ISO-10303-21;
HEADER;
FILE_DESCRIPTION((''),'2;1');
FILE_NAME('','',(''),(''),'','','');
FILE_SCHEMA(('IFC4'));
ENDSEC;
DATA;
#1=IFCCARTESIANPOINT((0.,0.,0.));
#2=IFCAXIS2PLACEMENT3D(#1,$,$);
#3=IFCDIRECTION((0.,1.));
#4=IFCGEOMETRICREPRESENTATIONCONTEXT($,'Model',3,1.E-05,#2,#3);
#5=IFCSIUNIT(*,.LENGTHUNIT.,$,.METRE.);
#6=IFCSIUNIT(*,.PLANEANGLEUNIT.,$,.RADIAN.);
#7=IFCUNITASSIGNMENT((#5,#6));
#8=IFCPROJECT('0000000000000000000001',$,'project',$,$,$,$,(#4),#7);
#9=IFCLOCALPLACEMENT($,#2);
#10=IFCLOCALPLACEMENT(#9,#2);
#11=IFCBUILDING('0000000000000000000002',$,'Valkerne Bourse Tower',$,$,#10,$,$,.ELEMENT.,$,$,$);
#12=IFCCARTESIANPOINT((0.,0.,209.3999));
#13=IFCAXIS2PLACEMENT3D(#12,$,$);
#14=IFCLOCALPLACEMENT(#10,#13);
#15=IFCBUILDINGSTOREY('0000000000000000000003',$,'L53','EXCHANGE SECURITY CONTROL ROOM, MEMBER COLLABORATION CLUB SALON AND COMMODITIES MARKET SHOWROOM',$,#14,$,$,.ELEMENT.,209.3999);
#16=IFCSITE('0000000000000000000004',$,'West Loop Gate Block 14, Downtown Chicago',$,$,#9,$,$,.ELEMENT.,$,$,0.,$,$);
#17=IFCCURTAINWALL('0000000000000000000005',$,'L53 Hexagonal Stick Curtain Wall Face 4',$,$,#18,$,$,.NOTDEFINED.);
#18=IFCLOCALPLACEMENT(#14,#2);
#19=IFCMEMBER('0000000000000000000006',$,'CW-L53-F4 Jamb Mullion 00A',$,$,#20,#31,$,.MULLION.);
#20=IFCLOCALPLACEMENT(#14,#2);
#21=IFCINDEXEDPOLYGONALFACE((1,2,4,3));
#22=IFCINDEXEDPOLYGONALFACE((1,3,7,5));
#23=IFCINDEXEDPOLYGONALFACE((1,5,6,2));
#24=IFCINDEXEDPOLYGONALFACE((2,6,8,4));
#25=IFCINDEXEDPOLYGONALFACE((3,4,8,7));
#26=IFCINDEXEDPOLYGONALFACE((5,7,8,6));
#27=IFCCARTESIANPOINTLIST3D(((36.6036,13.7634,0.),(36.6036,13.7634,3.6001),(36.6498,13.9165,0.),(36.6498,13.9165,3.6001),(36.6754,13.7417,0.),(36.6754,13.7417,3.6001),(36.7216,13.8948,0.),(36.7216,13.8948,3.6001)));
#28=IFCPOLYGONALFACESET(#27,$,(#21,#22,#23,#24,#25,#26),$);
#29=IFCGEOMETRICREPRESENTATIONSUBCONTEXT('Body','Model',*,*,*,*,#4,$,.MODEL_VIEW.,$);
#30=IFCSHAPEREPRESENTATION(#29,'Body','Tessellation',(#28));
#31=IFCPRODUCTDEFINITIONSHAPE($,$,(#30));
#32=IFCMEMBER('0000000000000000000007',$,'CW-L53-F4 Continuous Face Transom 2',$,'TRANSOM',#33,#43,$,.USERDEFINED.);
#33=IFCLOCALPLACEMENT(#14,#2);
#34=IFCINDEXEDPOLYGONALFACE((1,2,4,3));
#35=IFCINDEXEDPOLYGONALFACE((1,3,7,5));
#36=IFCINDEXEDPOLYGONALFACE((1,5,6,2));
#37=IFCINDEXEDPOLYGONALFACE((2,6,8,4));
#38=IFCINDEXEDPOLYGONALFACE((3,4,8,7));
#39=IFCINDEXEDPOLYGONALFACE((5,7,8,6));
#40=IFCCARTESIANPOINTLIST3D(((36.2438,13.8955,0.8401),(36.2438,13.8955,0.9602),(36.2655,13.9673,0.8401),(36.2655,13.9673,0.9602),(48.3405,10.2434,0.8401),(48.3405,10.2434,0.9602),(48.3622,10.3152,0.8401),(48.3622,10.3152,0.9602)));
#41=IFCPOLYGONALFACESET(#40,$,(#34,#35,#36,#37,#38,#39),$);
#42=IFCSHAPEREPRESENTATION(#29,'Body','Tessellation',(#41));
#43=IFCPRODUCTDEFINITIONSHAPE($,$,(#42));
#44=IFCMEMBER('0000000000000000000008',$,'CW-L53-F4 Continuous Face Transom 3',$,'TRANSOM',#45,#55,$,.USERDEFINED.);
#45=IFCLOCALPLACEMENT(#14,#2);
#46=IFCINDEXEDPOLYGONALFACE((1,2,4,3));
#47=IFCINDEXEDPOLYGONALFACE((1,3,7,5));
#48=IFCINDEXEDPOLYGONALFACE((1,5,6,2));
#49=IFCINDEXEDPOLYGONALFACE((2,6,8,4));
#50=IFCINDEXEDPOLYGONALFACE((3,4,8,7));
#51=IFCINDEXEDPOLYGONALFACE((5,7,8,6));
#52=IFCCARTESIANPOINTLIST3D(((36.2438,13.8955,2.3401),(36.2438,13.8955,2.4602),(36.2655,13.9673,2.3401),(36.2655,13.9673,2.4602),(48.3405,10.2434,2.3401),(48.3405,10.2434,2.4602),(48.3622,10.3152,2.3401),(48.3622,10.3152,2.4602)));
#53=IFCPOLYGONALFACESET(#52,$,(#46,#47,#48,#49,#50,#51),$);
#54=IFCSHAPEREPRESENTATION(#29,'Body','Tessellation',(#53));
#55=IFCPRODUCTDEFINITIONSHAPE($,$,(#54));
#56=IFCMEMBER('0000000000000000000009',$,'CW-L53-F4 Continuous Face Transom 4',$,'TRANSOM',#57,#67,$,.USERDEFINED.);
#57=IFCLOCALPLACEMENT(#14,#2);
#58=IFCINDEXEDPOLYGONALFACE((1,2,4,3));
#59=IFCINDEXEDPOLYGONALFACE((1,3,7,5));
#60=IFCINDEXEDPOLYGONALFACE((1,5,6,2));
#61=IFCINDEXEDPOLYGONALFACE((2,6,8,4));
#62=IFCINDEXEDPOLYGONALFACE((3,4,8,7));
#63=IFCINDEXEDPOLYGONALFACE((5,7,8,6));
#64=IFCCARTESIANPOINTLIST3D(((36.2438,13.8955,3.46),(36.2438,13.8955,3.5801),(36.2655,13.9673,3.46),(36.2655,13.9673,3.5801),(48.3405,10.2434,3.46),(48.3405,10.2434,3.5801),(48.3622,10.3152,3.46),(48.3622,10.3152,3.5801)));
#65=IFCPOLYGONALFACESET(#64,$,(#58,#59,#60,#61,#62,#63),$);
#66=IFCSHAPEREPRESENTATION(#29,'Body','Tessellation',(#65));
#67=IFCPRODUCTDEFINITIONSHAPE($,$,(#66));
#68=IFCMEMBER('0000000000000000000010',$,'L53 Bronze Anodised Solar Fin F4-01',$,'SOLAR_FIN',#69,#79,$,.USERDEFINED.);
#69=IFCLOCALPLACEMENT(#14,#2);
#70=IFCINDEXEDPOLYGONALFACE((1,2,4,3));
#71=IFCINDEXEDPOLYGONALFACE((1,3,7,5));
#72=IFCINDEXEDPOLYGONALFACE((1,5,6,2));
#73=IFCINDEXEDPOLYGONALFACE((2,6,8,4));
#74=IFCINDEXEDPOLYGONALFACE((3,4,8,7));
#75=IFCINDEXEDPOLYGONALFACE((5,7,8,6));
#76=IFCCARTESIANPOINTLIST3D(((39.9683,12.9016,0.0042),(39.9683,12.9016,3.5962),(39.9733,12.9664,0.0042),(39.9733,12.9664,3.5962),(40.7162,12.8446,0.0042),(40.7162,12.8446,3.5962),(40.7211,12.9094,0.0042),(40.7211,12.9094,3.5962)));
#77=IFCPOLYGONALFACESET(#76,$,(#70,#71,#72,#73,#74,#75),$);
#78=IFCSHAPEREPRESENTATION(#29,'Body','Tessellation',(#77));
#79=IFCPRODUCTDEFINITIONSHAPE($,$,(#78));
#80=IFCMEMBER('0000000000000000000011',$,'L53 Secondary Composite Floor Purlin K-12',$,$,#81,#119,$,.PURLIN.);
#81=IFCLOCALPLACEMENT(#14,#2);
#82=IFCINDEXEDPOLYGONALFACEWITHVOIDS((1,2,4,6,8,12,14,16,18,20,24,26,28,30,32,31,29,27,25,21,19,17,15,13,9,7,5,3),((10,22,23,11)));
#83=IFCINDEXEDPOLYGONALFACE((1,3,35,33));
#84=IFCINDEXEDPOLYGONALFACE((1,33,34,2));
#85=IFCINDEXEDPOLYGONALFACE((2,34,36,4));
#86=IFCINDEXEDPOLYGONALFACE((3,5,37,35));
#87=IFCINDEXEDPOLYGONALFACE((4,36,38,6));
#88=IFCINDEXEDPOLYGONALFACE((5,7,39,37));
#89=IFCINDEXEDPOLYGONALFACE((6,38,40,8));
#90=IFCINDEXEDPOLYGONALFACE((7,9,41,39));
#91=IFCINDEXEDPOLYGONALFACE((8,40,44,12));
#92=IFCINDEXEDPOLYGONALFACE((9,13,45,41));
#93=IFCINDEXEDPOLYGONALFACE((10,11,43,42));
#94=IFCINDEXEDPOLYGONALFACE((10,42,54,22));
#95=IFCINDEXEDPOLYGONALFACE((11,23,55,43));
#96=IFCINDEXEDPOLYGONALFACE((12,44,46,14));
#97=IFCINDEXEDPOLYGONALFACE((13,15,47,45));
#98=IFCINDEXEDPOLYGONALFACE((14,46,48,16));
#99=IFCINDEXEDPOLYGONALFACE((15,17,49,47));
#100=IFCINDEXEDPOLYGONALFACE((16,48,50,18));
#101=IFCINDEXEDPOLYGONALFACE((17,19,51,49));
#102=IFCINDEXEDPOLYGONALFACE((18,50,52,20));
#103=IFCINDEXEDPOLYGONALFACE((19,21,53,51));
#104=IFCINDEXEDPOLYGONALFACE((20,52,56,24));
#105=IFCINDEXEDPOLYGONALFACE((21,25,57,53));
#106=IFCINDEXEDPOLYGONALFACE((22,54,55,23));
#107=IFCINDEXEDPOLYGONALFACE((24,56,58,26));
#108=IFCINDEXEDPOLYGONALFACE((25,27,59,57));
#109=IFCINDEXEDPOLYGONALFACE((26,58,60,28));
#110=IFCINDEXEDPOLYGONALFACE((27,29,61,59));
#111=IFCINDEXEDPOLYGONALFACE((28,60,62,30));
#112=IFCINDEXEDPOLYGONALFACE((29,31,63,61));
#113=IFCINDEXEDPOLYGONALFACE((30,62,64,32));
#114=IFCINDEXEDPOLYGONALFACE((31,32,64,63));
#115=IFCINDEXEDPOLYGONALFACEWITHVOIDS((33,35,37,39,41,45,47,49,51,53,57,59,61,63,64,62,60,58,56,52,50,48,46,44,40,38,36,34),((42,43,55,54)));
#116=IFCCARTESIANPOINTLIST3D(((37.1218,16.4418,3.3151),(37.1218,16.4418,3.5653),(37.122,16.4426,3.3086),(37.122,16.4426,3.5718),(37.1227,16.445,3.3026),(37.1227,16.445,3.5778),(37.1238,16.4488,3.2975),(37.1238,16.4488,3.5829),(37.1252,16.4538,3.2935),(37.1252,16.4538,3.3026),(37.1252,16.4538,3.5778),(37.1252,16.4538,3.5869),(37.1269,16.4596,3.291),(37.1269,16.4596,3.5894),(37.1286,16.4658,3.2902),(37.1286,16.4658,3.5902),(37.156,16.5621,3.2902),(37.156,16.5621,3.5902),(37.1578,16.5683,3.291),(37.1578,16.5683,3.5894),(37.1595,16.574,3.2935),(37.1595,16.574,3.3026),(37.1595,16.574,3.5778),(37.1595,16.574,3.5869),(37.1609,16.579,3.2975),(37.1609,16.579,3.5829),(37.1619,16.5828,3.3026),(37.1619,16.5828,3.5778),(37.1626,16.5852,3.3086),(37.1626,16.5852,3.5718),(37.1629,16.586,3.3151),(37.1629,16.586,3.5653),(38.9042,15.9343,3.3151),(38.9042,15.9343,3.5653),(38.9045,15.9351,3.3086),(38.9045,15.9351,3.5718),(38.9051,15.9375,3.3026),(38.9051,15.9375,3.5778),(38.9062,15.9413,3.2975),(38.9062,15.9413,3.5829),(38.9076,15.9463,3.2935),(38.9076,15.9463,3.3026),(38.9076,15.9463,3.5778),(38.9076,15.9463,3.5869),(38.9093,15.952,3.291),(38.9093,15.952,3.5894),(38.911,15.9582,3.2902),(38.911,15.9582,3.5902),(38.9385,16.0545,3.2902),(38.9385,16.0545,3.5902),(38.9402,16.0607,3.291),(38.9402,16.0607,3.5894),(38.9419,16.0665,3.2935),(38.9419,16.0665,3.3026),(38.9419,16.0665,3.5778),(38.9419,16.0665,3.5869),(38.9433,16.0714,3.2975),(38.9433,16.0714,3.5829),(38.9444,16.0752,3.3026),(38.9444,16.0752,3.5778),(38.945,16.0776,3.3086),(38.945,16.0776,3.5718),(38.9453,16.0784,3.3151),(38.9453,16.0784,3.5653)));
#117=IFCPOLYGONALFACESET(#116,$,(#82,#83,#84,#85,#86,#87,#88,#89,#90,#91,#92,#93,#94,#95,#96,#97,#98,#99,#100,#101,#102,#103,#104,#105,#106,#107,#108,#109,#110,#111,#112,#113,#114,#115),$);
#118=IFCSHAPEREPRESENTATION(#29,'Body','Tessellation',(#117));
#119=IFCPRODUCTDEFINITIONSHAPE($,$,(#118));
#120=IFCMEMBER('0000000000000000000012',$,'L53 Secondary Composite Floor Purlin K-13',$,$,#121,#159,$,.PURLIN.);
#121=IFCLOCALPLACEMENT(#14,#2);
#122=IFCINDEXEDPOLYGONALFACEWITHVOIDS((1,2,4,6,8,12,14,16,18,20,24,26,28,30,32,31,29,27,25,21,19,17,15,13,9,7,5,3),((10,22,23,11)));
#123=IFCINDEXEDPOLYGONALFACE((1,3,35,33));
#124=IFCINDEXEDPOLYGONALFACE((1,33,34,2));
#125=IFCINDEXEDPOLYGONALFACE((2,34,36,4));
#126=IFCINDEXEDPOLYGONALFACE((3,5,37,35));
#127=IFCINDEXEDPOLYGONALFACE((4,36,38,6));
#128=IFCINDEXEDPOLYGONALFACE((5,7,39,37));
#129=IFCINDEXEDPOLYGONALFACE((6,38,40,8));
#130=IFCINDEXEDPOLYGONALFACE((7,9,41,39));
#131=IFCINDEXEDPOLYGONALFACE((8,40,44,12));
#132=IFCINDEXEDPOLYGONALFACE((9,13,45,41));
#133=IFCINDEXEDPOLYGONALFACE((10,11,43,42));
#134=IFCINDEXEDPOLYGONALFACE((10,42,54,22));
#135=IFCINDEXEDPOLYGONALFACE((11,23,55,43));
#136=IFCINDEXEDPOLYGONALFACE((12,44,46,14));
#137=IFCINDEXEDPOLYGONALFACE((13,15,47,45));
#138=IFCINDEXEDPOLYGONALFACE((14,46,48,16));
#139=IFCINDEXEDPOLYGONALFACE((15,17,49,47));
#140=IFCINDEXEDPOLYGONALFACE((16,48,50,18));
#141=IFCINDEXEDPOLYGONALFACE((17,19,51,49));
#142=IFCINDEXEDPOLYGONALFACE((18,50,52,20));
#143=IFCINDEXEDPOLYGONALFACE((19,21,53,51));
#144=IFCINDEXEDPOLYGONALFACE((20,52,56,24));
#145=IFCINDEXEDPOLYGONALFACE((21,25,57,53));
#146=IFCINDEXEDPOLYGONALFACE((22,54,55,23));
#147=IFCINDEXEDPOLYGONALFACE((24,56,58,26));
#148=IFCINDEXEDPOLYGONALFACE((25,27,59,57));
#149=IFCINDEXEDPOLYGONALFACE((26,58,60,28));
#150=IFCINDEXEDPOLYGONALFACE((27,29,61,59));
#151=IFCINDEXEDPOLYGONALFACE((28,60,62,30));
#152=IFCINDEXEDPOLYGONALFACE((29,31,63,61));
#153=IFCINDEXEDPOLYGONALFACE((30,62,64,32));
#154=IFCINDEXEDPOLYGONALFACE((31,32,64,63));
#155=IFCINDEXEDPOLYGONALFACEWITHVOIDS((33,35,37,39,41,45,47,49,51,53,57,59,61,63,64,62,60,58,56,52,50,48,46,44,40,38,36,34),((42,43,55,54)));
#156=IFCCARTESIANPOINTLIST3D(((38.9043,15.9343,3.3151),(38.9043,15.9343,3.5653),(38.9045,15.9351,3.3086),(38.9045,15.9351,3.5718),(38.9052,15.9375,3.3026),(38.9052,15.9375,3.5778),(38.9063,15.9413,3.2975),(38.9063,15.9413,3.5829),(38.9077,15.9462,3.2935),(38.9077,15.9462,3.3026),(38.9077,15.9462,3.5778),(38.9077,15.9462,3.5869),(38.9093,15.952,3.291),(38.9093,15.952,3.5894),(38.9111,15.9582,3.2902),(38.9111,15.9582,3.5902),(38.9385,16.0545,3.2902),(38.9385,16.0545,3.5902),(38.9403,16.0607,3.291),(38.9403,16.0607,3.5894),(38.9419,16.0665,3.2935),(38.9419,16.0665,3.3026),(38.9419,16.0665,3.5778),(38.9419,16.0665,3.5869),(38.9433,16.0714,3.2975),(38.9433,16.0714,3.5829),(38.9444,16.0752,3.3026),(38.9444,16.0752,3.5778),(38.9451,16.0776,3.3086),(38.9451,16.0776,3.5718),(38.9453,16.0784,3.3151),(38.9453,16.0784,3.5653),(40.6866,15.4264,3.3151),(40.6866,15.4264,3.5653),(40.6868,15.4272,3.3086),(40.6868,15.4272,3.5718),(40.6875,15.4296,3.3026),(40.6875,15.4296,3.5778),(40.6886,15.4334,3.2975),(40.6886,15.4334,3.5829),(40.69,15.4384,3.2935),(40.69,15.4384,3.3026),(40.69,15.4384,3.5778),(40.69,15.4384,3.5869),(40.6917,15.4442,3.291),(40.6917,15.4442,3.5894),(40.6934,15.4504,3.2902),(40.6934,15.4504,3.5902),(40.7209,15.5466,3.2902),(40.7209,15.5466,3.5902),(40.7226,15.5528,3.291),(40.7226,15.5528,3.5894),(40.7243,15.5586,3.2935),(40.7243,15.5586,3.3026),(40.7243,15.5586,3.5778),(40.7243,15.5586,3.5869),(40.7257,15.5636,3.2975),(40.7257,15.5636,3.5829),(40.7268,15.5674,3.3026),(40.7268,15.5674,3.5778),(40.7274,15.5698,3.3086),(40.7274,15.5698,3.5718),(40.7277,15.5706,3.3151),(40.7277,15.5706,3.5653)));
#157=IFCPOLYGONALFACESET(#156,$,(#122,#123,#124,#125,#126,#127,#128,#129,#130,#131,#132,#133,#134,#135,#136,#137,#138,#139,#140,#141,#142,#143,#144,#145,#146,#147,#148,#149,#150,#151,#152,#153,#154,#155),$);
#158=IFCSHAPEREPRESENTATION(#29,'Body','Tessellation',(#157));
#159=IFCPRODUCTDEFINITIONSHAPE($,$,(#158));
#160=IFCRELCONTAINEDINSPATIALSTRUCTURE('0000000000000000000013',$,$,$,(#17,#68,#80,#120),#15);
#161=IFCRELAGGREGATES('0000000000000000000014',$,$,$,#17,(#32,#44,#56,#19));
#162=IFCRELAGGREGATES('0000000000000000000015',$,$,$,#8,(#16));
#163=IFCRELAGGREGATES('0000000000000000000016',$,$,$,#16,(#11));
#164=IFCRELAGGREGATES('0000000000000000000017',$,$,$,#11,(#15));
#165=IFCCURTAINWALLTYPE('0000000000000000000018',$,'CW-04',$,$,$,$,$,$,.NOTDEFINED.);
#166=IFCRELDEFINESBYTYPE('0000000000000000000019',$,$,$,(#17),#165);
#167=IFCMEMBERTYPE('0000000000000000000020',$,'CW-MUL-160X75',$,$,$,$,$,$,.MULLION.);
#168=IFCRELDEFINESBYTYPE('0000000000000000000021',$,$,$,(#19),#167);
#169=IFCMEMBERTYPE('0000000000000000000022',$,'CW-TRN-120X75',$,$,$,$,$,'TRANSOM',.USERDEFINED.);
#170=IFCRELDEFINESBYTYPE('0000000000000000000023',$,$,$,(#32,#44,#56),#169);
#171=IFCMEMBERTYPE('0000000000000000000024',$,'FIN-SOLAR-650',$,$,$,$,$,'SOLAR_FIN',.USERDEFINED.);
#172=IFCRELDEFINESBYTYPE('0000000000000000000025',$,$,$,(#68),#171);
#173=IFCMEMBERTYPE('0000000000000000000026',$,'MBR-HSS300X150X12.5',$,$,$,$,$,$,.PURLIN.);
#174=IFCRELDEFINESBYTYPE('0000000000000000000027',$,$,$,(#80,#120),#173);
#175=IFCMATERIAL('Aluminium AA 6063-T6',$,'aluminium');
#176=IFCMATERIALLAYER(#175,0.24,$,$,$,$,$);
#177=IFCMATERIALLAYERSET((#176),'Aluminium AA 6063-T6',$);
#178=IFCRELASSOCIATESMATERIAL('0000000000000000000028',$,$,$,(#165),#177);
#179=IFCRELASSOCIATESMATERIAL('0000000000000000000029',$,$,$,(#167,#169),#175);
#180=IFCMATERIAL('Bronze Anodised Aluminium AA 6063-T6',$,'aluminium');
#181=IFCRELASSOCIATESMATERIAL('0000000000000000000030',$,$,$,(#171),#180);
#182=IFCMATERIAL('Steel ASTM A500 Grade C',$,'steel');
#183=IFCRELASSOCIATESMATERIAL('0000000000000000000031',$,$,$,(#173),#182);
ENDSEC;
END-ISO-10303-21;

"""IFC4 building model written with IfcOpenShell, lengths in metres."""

from ifc_helpers import new_model, si_unit, direction, frame, origin, origin_2d, place, context, subcontext, project, spatial, rectangle, hollow_rectangle, extrude, material, layer, layer_set, material_profile, profile_set, type_object, element, aggregate, save


model = new_model("IFC4")

# Units and contexts
model_context = context("Model", 3, precision=1e-05, world=origin(), true_north=direction((0.0, 1.0)))
body_context = subcontext(model_context, "Body", "Model", "MODEL_VIEW")
ifc_project = project(units=[si_unit("LENGTHUNIT", "METRE"), si_unit("PLANEANGLEUNIT", "RADIAN")], contexts=[model_context])

# Site, building, storey
site_placement = place(None, origin())
site = spatial("IfcSite", under=ifc_project, at=site_placement, Name="West Loop Gate Block 14, Downtown Chicago", CompositionType="ELEMENT", RefElevation=0.0)
building_placement = place(site_placement, origin())
building = spatial("IfcBuilding", under=site, at=building_placement, Name="Valkerne Bourse Tower", CompositionType="ELEMENT")
storey_placement = place(building_placement, frame((0.0, 0.0, 209.3999)))
storey = spatial("IfcBuildingStorey", under=building, at=storey_placement, Name="L53", Description="EXCHANGE SECURITY CONTROL ROOM, MEMBER COLLABORATION CLUB SALON AND COMMODITIES MARKET SHOWROOM", CompositionType="ELEMENT", Elevation=209.3999)

# Curtain wall, members
ifc_material_1 = material(Name="Aluminium AA 6063-T6", Category="aluminium")
ifc_layer_1 = layer(ifc_material_1, 0.24)
ifc_layer_set_1 = layer_set([ifc_layer_1], Name="Aluminium AA 6063-T6")
curtain_wall_type = type_object("IfcCurtainWallType", Name="CW-04", PredefinedType="NOTDEFINED", material=ifc_layer_set_1)
curtain_wall_placement = place(storey_placement, origin())
curtain_wall = element("IfcCurtainWall", 1, at=curtain_wall_placement, inside=storey, type_object=curtain_wall_type, Name="L53 Hexagonal Stick Curtain Wall Face 4", PredefinedType="NOTDEFINED")
ifc_material_profile_1 = material_profile(ifc_material_1, rectangle(XDim=0.075, YDim=0.1599, at=origin_2d()), Name="CWM-75X160")
ifc_profile_set_1 = profile_set([ifc_material_profile_1], Name="Aluminium AA 6063-T6")
member_type_1 = type_object("IfcMemberType", Name="CW-MUL-160X75", PredefinedType="MULLION", material=ifc_profile_set_1)
member_1_placement = place(storey_placement, frame((36.6626, 13.8291, 0.0), z_axis=(0.0, 0.0, 1.0), x_axis=(0.957321, -0.289027, 0.0)))
member_1 = element("IfcMember", 2, at=member_1_placement, type_object=member_type_1, Name="CW-L53-F4 Jamb Mullion 00A", PredefinedType="MULLION", context=body_context, shape_type="SweptSolid", body=[
    extrude(rectangle(XDim=0.075, YDim=0.1599, at=origin_2d()), origin(), (0.0, 0.0, 1.0), 3.6001),
])
ifc_material_profile_2 = material_profile(ifc_material_1, rectangle(XDim=0.075, YDim=0.1201, at=origin_2d()), Name="CWT-75X120")
ifc_profile_set_2 = profile_set([ifc_material_profile_2], Name="Aluminium AA 6063-T6")
member_type_2 = type_object("IfcMemberType", Name="CW-TRN-120X75", ElementType="TRANSOM", PredefinedType="USERDEFINED", material=ifc_profile_set_2)
member_2_placement = place(storey_placement, frame((36.2546, 13.9314, 0.9001), z_axis=(0.957322, -0.289024, 0.0), x_axis=(0.289024, 0.957322, 0.0)))
member_2 = element("IfcMember", 3, at=member_2_placement, type_object=member_type_2, Name="CW-L53-F4 Continuous Face Transom 2", ObjectType="TRANSOM", PredefinedType="USERDEFINED", context=body_context, shape_type="SweptSolid", body=[
    extrude(rectangle(XDim=0.075, YDim=0.1201, at=origin_2d()), origin(), (0.0, 0.0, 1.0), 12.636),
])
member_3_placement = place(storey_placement, frame((36.2546, 13.9314, 2.4001), z_axis=(0.957322, -0.289024, 0.0), x_axis=(0.289024, 0.957322, 0.0)))
member_3 = element("IfcMember", 4, at=member_3_placement, type_object=member_type_2, Name="CW-L53-F4 Continuous Face Transom 3", ObjectType="TRANSOM", PredefinedType="USERDEFINED", context=body_context, shape_type="SweptSolid", body=[
    extrude(rectangle(XDim=0.075, YDim=0.1201, at=origin_2d()), origin(), (0.0, 0.0, 1.0), 12.636),
])
member_4_placement = place(storey_placement, frame((36.2546, 13.9314, 3.52), z_axis=(0.957322, -0.289024, 0.0), x_axis=(0.289024, 0.957322, 0.0)))
member_4 = element("IfcMember", 5, at=member_4_placement, type_object=member_type_2, Name="CW-L53-F4 Continuous Face Transom 4", ObjectType="TRANSOM", PredefinedType="USERDEFINED", context=body_context, shape_type="SweptSolid", body=[
    extrude(rectangle(XDim=0.075, YDim=0.1201, at=origin_2d()), origin(), (0.0, 0.0, 1.0), 12.636),
])

# Members
ifc_material_2 = material(Name="Bronze Anodised Aluminium AA 6063-T6", Category="aluminium")
ifc_material_profile_3 = material_profile(ifc_material_2, rectangle(XDim=0.0649, YDim=0.75, at=origin_2d()), Name="FIN-65X750")
ifc_profile_set_3 = profile_set([ifc_material_profile_3], Name="Bronze Anodised Aluminium AA 6063-T6")
member_type_3 = type_object("IfcMemberType", Name="FIN-SOLAR-650", ElementType="SOLAR_FIN", PredefinedType="USERDEFINED", material=ifc_profile_set_3)
member_5_placement = place(storey_placement, frame((40.3447, 12.9055, 0.0042), z_axis=(0.0, 0.0, 1.0), x_axis=(-0.076014, -0.997107, 0.0)))
element("IfcMember", 6, at=member_5_placement, inside=storey, type_object=member_type_3, Name="L53 Bronze Anodised Solar Fin F4-01", ObjectType="SOLAR_FIN", PredefinedType="USERDEFINED", context=body_context, shape_type="SweptSolid", body=[
    extrude(rectangle(XDim=0.0649, YDim=0.75, at=origin_2d()), origin(), (0.0, 0.0, 1.0), 3.592),
])
ifc_material_3 = material(Name="Steel ASTM A500 Grade C", Category="steel")
ifc_material_profile_4 = material_profile(ifc_material_3, hollow_rectangle(XDim=0.1499, YDim=0.3, WallThickness=0.0125, OuterFilletRadius=0.0249, at=origin_2d()), Name="HSS300X150X12.5")
ifc_profile_set_4 = profile_set([ifc_material_profile_4], Name="Steel ASTM A500 Grade C")
member_type_4 = type_object("IfcMemberType", Name="MBR-HSS300X150X12.5", PredefinedType="PURLIN", material=ifc_profile_set_4)
for number, where, z_axis, x_axis, name in (
    (7, (37.1423, 16.5139, 3.4402), (0.961767, -0.273868, 0.0), (0.273868, 0.961767, 0.0), "L53 Secondary Composite Floor Purlin K-12"),
    (8, (38.9248, 16.0063, 3.4402), (0.961723, -0.274025, 0.0), (0.274025, 0.961723, 0.0), "L53 Secondary Composite Floor Purlin K-13"),
):
    element("IfcMember", number, at=place(storey_placement, frame(where, z_axis=z_axis, x_axis=x_axis)), inside=storey, type_object=member_type_4, Name=name, PredefinedType="PURLIN", context=body_context, shape_type="SweptSolid", body=[
        extrude(hollow_rectangle(XDim=0.1499, YDim=0.3, WallThickness=0.0125, OuterFilletRadius=0.0249, at=origin_2d()), origin(), (0.0, 0.0, 1.0), 1.8533),
    ])

aggregate(curtain_wall, [member_2, member_3, member_4, member_1])

save(model, "model.ifc")
